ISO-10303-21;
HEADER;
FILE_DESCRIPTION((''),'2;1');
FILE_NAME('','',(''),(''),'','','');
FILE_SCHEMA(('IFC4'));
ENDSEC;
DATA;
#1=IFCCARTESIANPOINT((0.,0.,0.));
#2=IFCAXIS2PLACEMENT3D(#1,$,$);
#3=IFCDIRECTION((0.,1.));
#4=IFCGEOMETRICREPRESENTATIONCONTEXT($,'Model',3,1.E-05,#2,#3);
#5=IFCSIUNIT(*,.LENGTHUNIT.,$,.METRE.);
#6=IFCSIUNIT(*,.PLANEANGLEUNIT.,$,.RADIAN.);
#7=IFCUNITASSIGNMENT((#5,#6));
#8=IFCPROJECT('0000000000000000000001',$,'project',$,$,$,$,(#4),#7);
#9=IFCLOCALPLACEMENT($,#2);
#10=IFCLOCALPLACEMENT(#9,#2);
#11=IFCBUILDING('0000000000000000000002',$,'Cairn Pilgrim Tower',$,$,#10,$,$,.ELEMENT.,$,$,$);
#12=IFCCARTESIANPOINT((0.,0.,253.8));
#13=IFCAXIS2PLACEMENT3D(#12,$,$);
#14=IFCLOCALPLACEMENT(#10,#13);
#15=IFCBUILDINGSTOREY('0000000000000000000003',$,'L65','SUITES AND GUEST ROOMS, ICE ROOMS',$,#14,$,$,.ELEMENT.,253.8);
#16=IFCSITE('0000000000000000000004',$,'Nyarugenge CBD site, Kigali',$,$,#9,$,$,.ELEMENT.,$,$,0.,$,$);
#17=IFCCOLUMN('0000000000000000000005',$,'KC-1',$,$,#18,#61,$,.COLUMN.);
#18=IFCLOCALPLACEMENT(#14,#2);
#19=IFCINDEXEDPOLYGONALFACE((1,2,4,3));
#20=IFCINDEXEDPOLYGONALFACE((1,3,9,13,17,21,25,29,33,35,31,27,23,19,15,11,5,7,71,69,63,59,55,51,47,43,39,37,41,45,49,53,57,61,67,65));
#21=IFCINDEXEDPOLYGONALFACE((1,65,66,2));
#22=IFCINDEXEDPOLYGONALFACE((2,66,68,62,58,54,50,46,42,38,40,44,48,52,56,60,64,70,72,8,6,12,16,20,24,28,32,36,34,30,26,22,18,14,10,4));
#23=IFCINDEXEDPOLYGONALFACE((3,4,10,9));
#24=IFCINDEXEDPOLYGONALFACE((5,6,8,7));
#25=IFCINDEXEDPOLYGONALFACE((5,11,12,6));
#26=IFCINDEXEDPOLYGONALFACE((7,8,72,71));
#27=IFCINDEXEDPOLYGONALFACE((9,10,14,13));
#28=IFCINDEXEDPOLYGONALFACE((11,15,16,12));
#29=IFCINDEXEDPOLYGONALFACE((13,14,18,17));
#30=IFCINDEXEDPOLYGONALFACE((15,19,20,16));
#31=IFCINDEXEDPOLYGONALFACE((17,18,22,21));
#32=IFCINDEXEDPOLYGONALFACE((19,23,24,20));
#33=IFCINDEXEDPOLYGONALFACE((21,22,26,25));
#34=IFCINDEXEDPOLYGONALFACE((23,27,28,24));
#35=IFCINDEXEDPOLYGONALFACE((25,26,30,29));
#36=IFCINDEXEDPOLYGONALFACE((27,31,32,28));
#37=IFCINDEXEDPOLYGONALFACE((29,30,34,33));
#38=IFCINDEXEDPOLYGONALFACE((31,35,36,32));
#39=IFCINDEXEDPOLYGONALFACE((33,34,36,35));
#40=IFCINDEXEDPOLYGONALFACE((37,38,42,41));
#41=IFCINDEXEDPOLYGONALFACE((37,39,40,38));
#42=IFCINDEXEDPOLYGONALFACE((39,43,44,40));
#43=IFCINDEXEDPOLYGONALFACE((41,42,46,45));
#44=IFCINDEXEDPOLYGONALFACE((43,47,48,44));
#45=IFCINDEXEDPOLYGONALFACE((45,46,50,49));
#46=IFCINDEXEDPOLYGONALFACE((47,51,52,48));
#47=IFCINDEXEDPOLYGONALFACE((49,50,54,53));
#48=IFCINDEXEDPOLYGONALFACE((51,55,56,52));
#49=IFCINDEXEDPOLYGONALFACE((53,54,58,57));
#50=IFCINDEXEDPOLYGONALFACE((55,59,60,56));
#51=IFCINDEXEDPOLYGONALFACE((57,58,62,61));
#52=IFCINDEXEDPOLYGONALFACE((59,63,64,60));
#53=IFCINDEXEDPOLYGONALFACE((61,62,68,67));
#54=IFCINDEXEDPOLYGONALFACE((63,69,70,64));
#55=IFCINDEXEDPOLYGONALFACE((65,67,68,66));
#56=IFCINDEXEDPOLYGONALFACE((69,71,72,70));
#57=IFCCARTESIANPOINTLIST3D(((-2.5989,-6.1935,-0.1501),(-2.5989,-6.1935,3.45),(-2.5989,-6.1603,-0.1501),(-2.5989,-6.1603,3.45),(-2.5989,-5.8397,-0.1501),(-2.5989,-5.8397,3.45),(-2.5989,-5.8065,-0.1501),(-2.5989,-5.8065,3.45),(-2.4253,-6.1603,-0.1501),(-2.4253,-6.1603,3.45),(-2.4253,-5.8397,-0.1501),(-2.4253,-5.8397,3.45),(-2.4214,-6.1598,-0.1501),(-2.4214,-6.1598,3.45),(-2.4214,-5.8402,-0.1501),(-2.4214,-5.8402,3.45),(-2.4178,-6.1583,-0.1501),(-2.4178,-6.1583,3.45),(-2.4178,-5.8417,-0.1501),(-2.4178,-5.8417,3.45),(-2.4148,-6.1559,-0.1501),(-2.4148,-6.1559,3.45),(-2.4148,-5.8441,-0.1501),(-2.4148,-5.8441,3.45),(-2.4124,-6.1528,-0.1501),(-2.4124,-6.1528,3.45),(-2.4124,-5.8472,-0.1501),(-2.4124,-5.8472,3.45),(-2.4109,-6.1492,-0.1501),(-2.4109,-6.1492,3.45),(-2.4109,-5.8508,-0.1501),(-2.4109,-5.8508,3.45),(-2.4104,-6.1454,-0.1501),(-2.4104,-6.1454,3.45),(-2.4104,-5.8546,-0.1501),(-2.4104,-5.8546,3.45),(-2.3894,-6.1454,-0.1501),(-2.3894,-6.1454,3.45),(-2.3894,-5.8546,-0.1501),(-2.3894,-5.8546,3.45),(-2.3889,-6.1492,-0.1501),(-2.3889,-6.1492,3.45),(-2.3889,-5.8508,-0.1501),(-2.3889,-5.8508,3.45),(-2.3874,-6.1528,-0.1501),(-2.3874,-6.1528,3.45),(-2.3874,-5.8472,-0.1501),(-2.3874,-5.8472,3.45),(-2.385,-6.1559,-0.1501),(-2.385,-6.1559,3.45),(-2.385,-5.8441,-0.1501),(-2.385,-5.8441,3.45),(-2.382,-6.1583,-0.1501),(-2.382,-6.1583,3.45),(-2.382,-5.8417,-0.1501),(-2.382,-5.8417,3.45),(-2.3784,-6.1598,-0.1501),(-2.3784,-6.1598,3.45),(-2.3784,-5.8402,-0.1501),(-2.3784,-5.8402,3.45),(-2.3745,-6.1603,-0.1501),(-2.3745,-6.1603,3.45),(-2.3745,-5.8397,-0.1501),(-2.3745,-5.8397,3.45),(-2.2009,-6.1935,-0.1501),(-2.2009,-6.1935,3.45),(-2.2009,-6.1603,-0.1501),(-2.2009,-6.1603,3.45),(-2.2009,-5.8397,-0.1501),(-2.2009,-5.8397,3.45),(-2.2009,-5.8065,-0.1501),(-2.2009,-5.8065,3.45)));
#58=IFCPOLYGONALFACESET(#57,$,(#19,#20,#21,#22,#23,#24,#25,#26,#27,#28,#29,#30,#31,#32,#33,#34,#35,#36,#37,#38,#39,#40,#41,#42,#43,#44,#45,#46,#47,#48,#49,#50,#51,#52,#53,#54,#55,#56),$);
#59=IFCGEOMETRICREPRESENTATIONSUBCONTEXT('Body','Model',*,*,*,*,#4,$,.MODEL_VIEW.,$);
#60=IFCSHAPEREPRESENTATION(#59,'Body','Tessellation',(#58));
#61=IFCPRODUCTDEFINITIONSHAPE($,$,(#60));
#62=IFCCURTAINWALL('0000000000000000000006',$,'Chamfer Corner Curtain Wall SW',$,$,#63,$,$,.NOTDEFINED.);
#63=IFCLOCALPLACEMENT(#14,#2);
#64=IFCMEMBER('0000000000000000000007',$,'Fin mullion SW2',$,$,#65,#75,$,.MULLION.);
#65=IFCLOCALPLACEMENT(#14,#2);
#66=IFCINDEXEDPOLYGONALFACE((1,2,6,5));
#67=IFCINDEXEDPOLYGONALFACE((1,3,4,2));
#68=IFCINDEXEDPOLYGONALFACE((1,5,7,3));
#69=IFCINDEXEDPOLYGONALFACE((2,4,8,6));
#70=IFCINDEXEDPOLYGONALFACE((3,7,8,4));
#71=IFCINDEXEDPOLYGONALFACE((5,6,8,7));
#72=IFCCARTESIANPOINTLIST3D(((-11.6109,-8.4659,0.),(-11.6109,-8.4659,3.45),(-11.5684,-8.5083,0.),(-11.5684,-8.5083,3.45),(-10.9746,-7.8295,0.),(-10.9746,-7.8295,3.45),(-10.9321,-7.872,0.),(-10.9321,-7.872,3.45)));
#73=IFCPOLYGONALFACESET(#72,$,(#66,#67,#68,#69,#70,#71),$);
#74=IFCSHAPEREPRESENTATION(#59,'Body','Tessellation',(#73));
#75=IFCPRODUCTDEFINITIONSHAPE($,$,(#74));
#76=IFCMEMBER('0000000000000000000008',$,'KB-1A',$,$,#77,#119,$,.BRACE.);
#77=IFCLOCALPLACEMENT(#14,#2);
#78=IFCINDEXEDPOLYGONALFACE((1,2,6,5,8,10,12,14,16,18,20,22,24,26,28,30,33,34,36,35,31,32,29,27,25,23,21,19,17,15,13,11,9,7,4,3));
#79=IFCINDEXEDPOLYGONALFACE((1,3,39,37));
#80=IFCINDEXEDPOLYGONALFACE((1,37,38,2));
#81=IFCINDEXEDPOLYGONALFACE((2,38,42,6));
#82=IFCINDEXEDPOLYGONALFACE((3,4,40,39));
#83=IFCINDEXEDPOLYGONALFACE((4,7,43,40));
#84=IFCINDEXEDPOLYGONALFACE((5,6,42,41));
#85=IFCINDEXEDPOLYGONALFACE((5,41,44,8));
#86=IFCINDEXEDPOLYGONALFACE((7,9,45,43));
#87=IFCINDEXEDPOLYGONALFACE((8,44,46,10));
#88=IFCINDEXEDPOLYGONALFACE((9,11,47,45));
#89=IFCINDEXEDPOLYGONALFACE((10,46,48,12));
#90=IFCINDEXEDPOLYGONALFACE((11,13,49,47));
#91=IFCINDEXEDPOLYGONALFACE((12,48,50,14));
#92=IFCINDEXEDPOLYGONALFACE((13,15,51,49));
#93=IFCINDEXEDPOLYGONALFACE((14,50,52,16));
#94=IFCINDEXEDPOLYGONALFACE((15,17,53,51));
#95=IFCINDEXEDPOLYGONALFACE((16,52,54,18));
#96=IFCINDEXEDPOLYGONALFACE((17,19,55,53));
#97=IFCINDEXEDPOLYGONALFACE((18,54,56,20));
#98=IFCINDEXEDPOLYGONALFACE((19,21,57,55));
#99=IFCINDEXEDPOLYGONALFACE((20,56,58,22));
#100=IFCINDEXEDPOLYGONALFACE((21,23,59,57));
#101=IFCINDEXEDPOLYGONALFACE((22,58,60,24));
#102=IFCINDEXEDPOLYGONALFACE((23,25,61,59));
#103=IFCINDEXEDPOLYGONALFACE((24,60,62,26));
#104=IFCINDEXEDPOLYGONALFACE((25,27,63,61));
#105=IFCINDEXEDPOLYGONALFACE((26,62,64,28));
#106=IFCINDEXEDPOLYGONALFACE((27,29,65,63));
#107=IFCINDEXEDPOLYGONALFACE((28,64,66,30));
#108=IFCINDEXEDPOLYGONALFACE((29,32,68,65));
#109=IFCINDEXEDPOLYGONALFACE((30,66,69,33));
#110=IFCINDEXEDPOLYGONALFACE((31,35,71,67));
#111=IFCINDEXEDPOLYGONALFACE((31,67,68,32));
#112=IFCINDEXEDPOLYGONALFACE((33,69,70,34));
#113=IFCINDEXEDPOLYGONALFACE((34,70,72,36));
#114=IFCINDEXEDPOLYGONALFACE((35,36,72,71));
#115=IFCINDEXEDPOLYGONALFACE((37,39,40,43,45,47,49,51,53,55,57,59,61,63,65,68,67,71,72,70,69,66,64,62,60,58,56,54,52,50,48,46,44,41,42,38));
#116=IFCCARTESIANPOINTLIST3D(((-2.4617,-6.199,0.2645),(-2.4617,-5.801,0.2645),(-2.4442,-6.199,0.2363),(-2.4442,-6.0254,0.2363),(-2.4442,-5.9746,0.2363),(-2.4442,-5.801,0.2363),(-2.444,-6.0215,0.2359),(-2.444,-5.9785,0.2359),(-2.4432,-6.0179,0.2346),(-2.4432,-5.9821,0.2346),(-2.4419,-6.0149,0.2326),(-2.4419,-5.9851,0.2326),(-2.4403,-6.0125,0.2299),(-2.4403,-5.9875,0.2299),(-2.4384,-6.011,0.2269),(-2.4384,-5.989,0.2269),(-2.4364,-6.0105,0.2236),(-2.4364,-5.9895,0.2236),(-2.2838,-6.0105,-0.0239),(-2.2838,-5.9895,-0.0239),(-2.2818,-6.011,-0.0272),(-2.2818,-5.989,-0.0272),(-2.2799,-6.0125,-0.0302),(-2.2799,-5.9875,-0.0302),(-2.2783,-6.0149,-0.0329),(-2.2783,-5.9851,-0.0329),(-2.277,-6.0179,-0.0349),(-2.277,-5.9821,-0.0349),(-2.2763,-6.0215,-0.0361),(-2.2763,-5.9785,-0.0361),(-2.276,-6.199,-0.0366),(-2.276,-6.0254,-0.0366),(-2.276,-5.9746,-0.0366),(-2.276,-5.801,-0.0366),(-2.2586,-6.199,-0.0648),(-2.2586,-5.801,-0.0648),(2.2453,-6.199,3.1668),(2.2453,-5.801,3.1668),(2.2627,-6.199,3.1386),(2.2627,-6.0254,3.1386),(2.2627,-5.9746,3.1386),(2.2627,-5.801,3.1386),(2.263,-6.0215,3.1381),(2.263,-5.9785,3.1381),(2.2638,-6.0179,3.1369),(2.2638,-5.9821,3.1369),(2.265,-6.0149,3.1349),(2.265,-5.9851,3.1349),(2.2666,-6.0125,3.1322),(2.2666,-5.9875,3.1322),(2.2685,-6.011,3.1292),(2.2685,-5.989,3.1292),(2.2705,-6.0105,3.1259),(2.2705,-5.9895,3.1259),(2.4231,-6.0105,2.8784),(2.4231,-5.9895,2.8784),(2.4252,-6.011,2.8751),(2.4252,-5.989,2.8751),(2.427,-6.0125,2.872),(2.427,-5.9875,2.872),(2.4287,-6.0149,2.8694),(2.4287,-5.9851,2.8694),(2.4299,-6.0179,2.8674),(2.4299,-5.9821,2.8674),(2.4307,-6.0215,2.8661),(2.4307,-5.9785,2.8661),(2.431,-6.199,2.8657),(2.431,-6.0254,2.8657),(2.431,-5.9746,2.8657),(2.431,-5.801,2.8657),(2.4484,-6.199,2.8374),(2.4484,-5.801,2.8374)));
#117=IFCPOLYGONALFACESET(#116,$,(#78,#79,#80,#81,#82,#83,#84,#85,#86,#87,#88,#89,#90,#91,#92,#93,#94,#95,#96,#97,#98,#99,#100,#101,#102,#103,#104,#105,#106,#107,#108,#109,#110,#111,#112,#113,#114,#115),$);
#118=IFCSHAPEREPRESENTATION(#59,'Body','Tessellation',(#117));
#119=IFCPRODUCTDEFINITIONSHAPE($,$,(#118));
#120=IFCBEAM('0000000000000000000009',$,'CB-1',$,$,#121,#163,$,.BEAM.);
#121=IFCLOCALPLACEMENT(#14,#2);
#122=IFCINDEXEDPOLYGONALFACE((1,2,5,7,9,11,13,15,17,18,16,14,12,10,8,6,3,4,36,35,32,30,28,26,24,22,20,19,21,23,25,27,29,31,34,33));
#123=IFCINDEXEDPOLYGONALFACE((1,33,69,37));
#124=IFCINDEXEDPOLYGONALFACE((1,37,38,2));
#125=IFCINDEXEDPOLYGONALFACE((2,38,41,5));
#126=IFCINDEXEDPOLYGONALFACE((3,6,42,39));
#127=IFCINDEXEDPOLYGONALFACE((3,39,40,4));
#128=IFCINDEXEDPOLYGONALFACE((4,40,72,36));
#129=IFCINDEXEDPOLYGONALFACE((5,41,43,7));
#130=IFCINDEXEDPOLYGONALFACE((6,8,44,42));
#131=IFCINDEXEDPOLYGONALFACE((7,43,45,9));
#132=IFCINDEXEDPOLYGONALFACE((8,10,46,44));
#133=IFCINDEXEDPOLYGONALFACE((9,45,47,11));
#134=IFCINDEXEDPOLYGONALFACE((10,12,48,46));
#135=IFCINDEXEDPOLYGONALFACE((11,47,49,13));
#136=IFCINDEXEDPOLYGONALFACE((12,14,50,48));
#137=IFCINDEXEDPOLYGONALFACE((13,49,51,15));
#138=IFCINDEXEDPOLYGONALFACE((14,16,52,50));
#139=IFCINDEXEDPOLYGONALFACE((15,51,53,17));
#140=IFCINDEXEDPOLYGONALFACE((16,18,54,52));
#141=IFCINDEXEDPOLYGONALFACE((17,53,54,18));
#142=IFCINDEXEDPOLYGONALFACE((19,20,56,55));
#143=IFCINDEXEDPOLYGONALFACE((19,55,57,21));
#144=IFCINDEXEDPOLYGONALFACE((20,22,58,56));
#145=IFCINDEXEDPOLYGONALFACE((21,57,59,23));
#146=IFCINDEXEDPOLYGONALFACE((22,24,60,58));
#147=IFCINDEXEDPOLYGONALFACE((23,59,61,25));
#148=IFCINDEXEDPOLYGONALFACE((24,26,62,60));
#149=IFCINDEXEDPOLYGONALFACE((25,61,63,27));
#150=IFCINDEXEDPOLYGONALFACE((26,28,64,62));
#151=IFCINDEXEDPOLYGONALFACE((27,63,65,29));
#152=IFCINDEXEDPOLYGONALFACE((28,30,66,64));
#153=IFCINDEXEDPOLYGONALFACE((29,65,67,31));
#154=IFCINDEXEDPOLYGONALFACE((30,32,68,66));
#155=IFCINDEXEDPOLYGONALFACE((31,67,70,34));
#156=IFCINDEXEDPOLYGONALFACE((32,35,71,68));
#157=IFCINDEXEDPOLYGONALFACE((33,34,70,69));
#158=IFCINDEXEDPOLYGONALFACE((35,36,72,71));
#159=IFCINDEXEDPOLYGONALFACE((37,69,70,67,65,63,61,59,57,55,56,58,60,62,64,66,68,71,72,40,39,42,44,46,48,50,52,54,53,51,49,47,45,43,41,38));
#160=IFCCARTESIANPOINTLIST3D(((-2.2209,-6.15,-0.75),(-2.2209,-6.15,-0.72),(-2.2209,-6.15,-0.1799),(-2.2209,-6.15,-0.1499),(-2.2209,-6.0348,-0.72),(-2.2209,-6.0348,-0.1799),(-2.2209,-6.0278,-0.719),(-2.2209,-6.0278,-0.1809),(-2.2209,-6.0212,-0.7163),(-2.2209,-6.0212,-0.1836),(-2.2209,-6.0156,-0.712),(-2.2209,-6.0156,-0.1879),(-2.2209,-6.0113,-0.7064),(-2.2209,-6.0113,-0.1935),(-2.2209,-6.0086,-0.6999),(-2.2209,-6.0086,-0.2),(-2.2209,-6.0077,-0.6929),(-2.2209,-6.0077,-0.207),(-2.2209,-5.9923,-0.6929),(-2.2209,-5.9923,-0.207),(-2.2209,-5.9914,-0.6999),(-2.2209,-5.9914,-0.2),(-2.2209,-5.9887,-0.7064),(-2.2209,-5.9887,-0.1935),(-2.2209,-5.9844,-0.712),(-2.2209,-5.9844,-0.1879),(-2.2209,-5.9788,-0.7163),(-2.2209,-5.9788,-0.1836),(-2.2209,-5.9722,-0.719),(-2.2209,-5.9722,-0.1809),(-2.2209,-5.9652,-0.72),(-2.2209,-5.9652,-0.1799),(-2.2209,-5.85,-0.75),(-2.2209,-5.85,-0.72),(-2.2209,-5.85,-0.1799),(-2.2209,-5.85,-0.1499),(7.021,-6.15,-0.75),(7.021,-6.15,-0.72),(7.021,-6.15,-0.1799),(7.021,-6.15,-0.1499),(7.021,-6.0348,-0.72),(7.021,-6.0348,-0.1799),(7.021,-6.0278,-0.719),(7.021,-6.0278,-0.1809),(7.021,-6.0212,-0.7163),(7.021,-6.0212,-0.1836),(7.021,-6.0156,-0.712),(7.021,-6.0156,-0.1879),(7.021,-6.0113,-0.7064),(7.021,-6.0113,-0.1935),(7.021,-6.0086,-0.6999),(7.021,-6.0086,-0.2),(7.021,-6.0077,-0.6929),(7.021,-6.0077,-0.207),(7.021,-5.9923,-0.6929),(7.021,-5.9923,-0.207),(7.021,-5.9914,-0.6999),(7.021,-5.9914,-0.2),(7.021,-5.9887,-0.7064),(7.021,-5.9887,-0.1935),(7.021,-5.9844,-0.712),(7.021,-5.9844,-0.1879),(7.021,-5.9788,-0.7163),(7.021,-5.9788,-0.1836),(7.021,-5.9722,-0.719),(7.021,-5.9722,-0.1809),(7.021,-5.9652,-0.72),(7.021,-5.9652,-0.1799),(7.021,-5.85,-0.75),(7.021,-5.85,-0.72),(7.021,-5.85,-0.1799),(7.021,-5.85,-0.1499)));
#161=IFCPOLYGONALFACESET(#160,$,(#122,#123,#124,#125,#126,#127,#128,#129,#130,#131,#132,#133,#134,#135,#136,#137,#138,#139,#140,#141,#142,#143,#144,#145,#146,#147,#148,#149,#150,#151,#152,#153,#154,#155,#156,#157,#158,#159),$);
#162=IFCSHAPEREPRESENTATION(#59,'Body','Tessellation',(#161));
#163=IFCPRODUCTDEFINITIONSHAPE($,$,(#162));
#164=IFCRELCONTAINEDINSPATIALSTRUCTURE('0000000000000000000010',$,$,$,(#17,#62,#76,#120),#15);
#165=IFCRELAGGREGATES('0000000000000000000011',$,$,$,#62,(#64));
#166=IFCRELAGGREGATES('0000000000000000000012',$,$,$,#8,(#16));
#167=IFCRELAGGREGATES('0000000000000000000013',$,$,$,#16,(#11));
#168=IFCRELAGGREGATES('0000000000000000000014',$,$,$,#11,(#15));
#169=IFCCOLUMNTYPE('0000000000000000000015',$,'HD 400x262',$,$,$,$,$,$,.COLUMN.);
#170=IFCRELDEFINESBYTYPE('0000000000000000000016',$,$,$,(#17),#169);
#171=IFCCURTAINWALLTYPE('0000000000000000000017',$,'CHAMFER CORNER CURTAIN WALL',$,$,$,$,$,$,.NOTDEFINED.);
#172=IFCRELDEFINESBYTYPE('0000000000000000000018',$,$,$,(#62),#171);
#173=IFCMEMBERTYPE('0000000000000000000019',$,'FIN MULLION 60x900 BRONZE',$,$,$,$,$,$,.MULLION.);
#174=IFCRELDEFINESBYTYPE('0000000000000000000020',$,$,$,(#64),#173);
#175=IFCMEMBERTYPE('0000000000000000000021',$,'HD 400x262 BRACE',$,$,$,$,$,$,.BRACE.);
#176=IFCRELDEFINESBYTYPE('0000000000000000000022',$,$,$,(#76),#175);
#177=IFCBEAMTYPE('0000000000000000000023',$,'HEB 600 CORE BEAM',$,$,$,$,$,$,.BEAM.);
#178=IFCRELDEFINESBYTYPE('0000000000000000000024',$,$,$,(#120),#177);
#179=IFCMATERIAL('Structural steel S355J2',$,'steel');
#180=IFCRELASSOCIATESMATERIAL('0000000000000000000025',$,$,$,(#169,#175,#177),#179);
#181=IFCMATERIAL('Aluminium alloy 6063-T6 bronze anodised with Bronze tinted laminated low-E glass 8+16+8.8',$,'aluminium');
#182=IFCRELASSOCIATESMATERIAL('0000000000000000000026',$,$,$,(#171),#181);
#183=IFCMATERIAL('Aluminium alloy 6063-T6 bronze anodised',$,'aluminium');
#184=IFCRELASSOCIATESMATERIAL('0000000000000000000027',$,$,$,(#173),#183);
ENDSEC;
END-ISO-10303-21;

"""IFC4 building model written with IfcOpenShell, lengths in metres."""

from ifc_helpers import new_model, si_unit, direction, frame, origin, origin_2d, place, context, subcontext, project, spatial, rectangle, i_section, extrude, material, material_profile, profile_set, type_object, element, aggregate, save


model = new_model("IFC4")

# Units and contexts
model_context = context("Model", 3, precision=1e-05, world=origin(), true_north=direction((0.0, 1.0)))
body_context = subcontext(model_context, "Body", "Model", "MODEL_VIEW")
ifc_project = project(units=[si_unit("LENGTHUNIT", "METRE"), si_unit("PLANEANGLEUNIT", "RADIAN")], contexts=[model_context])

# Site, building, storey
site_placement = place(None, origin())
site = spatial("IfcSite", under=ifc_project, at=site_placement, Name="Nyarugenge CBD site, Kigali", CompositionType="ELEMENT", RefElevation=0.0)
building_placement = place(site_placement, origin())
building = spatial("IfcBuilding", under=site, at=building_placement, Name="Cairn Pilgrim Tower", CompositionType="ELEMENT")
storey_placement = place(building_placement, frame((0.0, 0.0, 253.8)))
storey = spatial("IfcBuildingStorey", under=building, at=storey_placement, Name="L65", Description="SUITES AND GUEST ROOMS, ICE ROOMS", CompositionType="ELEMENT", Elevation=253.8)

# Column
ifc_material_1 = material(Name="Structural steel S355J2", Category="steel")
ifc_material_profile_1 = material_profile(ifc_material_1, i_section(OverallWidth=0.3979, OverallDepth=0.387, WebThickness=0.021, FlangeThickness=0.0332, FilletRadius=0.0149, at=origin_2d()), Name="HD 400x262")
ifc_profile_set_1 = profile_set([ifc_material_profile_1], Name="Structural steel S355J2")
column_type = type_object("IfcColumnType", Name="HD 400x262", PredefinedType="COLUMN", material=ifc_profile_set_1)
column_placement = place(storey_placement, frame((-2.3999, -6.0, -0.1501), z_axis=(0.0, 0.0, 1.0), x_axis=(1.0, 0.0, 0.0)))
element("IfcColumn", 1, at=column_placement, inside=storey, type_object=column_type, Name="KC-1", PredefinedType="COLUMN", context=body_context, shape_type="SweptSolid", body=[
    extrude(i_section(OverallWidth=0.3979, OverallDepth=0.387, WebThickness=0.021, FlangeThickness=0.0332, FilletRadius=0.0149, at=origin_2d()), origin(), (0.0, 0.0, 1.0), 3.6001),
])

# Curtain wall, member
ifc_material_2 = material(Name="Aluminium alloy 6063-T6 bronze anodised with Bronze tinted laminated low-E glass 8+16+8.8", Category="aluminium")
curtain_wall_type = type_object("IfcCurtainWallType", Name="CHAMFER CORNER CURTAIN WALL", PredefinedType="NOTDEFINED", material=ifc_material_2)
curtain_wall_placement = place(storey_placement, origin())
curtain_wall = element("IfcCurtainWall", 2, at=curtain_wall_placement, inside=storey, type_object=curtain_wall_type, Name="Chamfer Corner Curtain Wall SW", PredefinedType="NOTDEFINED")
ifc_material_3 = material(Name="Aluminium alloy 6063-T6 bronze anodised", Category="aluminium")
ifc_material_profile_2 = material_profile(ifc_material_3, rectangle(XDim=0.8999, YDim=0.0601, at=origin_2d()), Name="FIN MULLION 60x900 BRONZE")
ifc_profile_set_2 = profile_set([ifc_material_profile_2], Name="Aluminium alloy 6063-T6 bronze anodised")
member_type_1 = type_object("IfcMemberType", Name="FIN MULLION 60x900 BRONZE", PredefinedType="MULLION", material=ifc_profile_set_2)
member_1_placement = place(storey_placement, frame((-11.2715, -8.1689, 0.0), z_axis=(0.0, 0.0, 1.0), x_axis=(-0.707107, -0.707107, 0.0)))
member_1 = element("IfcMember", 3, at=member_1_placement, type_object=member_type_1, Name="Fin mullion SW2", PredefinedType="MULLION", context=body_context, shape_type="SweptSolid", body=[
    extrude(rectangle(XDim=0.8999, YDim=0.0601, at=origin_2d()), origin(), (0.0, 0.0, 1.0), 3.45),
])
aggregate(curtain_wall, [member_1])

# Member
ifc_material_profile_3 = material_profile(ifc_material_1, i_section(OverallWidth=0.3979, OverallDepth=0.387, WebThickness=0.021, FlangeThickness=0.0332, FilletRadius=0.0149, at=origin_2d()), Name="HD 400x262")
ifc_profile_set_3 = profile_set([ifc_material_profile_3], Name="Structural steel S355J2")
member_type_2 = type_object("IfcMemberType", Name="HD 400x262 BRACE", PredefinedType="BRACE", material=ifc_profile_set_3)
member_2_placement = place(storey_placement, frame((-2.3601, -6.0, 0.0999), z_axis=(0.851197, 0.0, 0.524846), x_axis=(0.0, 1.0, 0.0)))
element("IfcMember", 4, at=member_2_placement, inside=storey, type_object=member_type_2, Name="KB-1A", PredefinedType="BRACE", context=body_context, shape_type="SweptSolid", body=[
    extrude(i_section(OverallWidth=0.3979, OverallDepth=0.387, WebThickness=0.021, FlangeThickness=0.0332, FilletRadius=0.0149, at=origin_2d()), origin(), (0.0, 0.0, 1.0), 5.5298),
])

# Beam
ifc_material_profile_4 = material_profile(ifc_material_1, i_section(OverallWidth=0.3, OverallDepth=0.6001, WebThickness=0.0154, FlangeThickness=0.03, FilletRadius=0.0271, at=origin_2d()), Name="HEB 600")
ifc_profile_set_4 = profile_set([ifc_material_profile_4], Name="Structural steel S355J2")
beam_type_1 = type_object("IfcBeamType", Name="HEB 600 CORE BEAM", PredefinedType="BEAM", material=ifc_profile_set_4)
beam_1_placement = place(storey_placement, frame((-2.2209, -6.0, -0.45), z_axis=(1.0, 0.0, 0.0), x_axis=(0.0, 1.0, 0.0)))
element("IfcBeam", 5, at=beam_1_placement, inside=storey, type_object=beam_type_1, Name="CB-1", PredefinedType="BEAM", context=body_context, shape_type="SweptSolid", body=[
    extrude(i_section(OverallWidth=0.3, OverallDepth=0.6001, WebThickness=0.0154, FlangeThickness=0.03, FilletRadius=0.0271, at=origin_2d()), origin(), (0.0, 0.0, 1.0), 9.2419),
])

save(model, "model.ifc")
